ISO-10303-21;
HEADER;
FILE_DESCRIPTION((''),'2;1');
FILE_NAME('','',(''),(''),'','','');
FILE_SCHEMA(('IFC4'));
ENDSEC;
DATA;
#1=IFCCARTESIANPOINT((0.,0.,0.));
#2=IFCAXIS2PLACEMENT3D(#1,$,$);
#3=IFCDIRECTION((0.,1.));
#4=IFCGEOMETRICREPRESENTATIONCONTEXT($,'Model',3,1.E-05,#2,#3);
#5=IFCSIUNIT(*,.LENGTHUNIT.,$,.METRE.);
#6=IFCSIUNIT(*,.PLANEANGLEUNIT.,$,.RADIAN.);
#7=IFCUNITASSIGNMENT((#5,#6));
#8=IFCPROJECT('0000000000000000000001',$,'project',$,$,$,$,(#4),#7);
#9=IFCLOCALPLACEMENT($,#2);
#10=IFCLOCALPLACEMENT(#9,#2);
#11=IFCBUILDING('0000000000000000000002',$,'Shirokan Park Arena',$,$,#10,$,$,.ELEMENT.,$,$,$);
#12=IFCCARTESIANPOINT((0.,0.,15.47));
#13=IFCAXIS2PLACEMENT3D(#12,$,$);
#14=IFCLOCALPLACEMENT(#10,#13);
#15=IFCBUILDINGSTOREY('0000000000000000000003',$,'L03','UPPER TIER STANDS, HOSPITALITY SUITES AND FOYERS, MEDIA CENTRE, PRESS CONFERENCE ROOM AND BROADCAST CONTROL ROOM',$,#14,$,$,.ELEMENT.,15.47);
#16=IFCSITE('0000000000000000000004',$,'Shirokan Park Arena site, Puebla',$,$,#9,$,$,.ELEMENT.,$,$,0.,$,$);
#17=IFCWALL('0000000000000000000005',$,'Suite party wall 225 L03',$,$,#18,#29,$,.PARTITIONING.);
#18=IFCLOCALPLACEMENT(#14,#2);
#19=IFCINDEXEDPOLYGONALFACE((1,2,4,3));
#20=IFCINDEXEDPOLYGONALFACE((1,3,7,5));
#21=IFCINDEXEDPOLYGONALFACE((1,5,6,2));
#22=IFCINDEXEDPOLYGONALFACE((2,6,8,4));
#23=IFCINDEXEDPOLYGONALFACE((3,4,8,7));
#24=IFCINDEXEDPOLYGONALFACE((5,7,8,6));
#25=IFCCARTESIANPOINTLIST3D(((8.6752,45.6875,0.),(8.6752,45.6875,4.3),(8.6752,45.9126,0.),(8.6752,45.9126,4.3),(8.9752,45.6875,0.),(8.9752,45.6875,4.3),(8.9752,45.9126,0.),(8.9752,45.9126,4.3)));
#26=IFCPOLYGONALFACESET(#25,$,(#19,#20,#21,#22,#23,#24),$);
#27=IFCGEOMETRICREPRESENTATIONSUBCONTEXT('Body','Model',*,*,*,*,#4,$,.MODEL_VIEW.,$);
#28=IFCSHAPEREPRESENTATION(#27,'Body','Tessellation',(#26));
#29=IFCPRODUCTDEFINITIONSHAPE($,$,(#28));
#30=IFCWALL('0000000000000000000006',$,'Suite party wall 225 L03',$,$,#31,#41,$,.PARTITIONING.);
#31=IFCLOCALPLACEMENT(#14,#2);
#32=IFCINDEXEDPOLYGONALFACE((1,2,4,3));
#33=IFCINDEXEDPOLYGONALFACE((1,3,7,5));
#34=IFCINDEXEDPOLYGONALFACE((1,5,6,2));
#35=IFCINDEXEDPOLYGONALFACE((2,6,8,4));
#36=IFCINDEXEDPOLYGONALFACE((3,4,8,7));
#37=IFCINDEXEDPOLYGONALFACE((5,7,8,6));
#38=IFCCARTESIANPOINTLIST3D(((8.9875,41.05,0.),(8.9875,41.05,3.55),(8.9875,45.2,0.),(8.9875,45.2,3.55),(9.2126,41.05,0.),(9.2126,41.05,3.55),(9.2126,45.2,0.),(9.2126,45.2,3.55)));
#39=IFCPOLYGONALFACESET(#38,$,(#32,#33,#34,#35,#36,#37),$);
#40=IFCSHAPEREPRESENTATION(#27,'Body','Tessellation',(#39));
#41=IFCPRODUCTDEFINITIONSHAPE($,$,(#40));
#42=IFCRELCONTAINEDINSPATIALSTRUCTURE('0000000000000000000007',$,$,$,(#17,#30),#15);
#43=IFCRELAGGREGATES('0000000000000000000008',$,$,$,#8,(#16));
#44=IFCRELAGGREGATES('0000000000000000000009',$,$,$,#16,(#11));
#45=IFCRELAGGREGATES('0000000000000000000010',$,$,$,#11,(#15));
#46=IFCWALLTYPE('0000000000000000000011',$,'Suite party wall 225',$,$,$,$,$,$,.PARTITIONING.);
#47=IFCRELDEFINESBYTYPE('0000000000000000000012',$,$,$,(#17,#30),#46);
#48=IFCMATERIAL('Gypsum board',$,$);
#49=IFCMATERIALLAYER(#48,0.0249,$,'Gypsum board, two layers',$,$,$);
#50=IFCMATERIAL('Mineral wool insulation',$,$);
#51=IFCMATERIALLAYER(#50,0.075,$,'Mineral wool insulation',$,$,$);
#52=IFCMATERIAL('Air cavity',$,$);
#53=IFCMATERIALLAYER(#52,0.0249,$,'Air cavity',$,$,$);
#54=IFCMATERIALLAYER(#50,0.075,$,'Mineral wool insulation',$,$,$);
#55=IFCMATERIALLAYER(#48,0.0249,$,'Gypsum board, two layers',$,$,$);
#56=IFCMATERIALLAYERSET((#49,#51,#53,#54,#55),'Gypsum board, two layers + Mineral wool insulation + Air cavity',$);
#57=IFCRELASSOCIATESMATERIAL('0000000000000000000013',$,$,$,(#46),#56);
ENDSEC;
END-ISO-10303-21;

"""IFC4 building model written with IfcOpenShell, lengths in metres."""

from ifc_helpers import new_model, si_unit, direction, frame, frame_2d, origin, place, context, subcontext, project, spatial, rectangle, extrude, material, layer, layer_set, type_object, element, save


model = new_model("IFC4")

# Units and contexts
model_context = context("Model", 3, precision=1e-05, world=origin(), true_north=direction((0.0, 1.0)))
body_context = subcontext(model_context, "Body", "Model", "MODEL_VIEW")
ifc_project = project(units=[si_unit("LENGTHUNIT", "METRE"), si_unit("PLANEANGLEUNIT", "RADIAN")], contexts=[model_context])

# Site, building, storey
site_placement = place(None, origin())
site = spatial("IfcSite", under=ifc_project, at=site_placement, Name="Shirokan Park Arena site, Puebla", CompositionType="ELEMENT", RefElevation=0.0)
building_placement = place(site_placement, origin())
building = spatial("IfcBuilding", under=site, at=building_placement, Name="Shirokan Park Arena", CompositionType="ELEMENT")
storey_placement = place(building_placement, frame((0.0, 0.0, 15.47)))
storey = spatial("IfcBuildingStorey", under=building, at=storey_placement, Name="L03", Description="UPPER TIER STANDS, HOSPITALITY SUITES AND FOYERS, MEDIA CENTRE, PRESS CONFERENCE ROOM AND BROADCAST CONTROL ROOM", CompositionType="ELEMENT", Elevation=15.47)

# Shared definitions
ifc_material_1 = material(Name="Mineral wool insulation")

# Walls
ifc_material_2 = material(Name="Gypsum board")
ifc_layer_1 = layer(ifc_material_2, 0.0249, Name="Gypsum board, two layers")
ifc_layer_2 = layer(ifc_material_1, 0.075, Name="Mineral wool insulation")
ifc_material_3 = material(Name="Air cavity")
ifc_layer_3 = layer(ifc_material_3, 0.0249, Name="Air cavity")
ifc_layer_4 = layer(ifc_material_1, 0.075, Name="Mineral wool insulation")
ifc_layer_5 = layer(ifc_material_2, 0.0249, Name="Gypsum board, two layers")
ifc_layer_set_1 = layer_set([ifc_layer_1, ifc_layer_2, ifc_layer_3, ifc_layer_4, ifc_layer_5], Name="Gypsum board, two layers + Mineral wool insulation + Air cavity")
wall_type_1 = type_object("IfcWallType", Name="Suite party wall 225", PredefinedType="PARTITIONING", material=ifc_layer_set_1)
wall_1_placement = place(storey_placement, frame((8.9751, 45.8, 0.0), z_axis=(0.0, 0.0, 1.0), x_axis=(-1.0, 0.0, 0.0)))
element("IfcWall", 1, at=wall_1_placement, inside=storey, type_object=wall_type_1, Name="Suite party wall 225 L03", PredefinedType="PARTITIONING", context=body_context, shape_type="SweptSolid", body=[
    extrude(rectangle(XDim=0.3, YDim=0.2251, at=frame_2d((0.1499, 0.0))), origin(), (0.0, 0.0, 1.0), 4.3),
])
wall_2_placement = place(storey_placement, frame((9.1001, 45.2, 0.0), z_axis=(0.0, 0.0, 1.0), x_axis=(0.0, -1.0, 0.0)))
element("IfcWall", 2, at=wall_2_placement, inside=storey, type_object=wall_type_1, Name="Suite party wall 225 L03", PredefinedType="PARTITIONING", context=body_context, shape_type="SweptSolid", body=[
    extrude(rectangle(XDim=4.1499, YDim=0.2251, at=frame_2d((2.075, 0.0))), origin(), (0.0, 0.0, 1.0), 3.55),
])

save(model, "model.ifc")
